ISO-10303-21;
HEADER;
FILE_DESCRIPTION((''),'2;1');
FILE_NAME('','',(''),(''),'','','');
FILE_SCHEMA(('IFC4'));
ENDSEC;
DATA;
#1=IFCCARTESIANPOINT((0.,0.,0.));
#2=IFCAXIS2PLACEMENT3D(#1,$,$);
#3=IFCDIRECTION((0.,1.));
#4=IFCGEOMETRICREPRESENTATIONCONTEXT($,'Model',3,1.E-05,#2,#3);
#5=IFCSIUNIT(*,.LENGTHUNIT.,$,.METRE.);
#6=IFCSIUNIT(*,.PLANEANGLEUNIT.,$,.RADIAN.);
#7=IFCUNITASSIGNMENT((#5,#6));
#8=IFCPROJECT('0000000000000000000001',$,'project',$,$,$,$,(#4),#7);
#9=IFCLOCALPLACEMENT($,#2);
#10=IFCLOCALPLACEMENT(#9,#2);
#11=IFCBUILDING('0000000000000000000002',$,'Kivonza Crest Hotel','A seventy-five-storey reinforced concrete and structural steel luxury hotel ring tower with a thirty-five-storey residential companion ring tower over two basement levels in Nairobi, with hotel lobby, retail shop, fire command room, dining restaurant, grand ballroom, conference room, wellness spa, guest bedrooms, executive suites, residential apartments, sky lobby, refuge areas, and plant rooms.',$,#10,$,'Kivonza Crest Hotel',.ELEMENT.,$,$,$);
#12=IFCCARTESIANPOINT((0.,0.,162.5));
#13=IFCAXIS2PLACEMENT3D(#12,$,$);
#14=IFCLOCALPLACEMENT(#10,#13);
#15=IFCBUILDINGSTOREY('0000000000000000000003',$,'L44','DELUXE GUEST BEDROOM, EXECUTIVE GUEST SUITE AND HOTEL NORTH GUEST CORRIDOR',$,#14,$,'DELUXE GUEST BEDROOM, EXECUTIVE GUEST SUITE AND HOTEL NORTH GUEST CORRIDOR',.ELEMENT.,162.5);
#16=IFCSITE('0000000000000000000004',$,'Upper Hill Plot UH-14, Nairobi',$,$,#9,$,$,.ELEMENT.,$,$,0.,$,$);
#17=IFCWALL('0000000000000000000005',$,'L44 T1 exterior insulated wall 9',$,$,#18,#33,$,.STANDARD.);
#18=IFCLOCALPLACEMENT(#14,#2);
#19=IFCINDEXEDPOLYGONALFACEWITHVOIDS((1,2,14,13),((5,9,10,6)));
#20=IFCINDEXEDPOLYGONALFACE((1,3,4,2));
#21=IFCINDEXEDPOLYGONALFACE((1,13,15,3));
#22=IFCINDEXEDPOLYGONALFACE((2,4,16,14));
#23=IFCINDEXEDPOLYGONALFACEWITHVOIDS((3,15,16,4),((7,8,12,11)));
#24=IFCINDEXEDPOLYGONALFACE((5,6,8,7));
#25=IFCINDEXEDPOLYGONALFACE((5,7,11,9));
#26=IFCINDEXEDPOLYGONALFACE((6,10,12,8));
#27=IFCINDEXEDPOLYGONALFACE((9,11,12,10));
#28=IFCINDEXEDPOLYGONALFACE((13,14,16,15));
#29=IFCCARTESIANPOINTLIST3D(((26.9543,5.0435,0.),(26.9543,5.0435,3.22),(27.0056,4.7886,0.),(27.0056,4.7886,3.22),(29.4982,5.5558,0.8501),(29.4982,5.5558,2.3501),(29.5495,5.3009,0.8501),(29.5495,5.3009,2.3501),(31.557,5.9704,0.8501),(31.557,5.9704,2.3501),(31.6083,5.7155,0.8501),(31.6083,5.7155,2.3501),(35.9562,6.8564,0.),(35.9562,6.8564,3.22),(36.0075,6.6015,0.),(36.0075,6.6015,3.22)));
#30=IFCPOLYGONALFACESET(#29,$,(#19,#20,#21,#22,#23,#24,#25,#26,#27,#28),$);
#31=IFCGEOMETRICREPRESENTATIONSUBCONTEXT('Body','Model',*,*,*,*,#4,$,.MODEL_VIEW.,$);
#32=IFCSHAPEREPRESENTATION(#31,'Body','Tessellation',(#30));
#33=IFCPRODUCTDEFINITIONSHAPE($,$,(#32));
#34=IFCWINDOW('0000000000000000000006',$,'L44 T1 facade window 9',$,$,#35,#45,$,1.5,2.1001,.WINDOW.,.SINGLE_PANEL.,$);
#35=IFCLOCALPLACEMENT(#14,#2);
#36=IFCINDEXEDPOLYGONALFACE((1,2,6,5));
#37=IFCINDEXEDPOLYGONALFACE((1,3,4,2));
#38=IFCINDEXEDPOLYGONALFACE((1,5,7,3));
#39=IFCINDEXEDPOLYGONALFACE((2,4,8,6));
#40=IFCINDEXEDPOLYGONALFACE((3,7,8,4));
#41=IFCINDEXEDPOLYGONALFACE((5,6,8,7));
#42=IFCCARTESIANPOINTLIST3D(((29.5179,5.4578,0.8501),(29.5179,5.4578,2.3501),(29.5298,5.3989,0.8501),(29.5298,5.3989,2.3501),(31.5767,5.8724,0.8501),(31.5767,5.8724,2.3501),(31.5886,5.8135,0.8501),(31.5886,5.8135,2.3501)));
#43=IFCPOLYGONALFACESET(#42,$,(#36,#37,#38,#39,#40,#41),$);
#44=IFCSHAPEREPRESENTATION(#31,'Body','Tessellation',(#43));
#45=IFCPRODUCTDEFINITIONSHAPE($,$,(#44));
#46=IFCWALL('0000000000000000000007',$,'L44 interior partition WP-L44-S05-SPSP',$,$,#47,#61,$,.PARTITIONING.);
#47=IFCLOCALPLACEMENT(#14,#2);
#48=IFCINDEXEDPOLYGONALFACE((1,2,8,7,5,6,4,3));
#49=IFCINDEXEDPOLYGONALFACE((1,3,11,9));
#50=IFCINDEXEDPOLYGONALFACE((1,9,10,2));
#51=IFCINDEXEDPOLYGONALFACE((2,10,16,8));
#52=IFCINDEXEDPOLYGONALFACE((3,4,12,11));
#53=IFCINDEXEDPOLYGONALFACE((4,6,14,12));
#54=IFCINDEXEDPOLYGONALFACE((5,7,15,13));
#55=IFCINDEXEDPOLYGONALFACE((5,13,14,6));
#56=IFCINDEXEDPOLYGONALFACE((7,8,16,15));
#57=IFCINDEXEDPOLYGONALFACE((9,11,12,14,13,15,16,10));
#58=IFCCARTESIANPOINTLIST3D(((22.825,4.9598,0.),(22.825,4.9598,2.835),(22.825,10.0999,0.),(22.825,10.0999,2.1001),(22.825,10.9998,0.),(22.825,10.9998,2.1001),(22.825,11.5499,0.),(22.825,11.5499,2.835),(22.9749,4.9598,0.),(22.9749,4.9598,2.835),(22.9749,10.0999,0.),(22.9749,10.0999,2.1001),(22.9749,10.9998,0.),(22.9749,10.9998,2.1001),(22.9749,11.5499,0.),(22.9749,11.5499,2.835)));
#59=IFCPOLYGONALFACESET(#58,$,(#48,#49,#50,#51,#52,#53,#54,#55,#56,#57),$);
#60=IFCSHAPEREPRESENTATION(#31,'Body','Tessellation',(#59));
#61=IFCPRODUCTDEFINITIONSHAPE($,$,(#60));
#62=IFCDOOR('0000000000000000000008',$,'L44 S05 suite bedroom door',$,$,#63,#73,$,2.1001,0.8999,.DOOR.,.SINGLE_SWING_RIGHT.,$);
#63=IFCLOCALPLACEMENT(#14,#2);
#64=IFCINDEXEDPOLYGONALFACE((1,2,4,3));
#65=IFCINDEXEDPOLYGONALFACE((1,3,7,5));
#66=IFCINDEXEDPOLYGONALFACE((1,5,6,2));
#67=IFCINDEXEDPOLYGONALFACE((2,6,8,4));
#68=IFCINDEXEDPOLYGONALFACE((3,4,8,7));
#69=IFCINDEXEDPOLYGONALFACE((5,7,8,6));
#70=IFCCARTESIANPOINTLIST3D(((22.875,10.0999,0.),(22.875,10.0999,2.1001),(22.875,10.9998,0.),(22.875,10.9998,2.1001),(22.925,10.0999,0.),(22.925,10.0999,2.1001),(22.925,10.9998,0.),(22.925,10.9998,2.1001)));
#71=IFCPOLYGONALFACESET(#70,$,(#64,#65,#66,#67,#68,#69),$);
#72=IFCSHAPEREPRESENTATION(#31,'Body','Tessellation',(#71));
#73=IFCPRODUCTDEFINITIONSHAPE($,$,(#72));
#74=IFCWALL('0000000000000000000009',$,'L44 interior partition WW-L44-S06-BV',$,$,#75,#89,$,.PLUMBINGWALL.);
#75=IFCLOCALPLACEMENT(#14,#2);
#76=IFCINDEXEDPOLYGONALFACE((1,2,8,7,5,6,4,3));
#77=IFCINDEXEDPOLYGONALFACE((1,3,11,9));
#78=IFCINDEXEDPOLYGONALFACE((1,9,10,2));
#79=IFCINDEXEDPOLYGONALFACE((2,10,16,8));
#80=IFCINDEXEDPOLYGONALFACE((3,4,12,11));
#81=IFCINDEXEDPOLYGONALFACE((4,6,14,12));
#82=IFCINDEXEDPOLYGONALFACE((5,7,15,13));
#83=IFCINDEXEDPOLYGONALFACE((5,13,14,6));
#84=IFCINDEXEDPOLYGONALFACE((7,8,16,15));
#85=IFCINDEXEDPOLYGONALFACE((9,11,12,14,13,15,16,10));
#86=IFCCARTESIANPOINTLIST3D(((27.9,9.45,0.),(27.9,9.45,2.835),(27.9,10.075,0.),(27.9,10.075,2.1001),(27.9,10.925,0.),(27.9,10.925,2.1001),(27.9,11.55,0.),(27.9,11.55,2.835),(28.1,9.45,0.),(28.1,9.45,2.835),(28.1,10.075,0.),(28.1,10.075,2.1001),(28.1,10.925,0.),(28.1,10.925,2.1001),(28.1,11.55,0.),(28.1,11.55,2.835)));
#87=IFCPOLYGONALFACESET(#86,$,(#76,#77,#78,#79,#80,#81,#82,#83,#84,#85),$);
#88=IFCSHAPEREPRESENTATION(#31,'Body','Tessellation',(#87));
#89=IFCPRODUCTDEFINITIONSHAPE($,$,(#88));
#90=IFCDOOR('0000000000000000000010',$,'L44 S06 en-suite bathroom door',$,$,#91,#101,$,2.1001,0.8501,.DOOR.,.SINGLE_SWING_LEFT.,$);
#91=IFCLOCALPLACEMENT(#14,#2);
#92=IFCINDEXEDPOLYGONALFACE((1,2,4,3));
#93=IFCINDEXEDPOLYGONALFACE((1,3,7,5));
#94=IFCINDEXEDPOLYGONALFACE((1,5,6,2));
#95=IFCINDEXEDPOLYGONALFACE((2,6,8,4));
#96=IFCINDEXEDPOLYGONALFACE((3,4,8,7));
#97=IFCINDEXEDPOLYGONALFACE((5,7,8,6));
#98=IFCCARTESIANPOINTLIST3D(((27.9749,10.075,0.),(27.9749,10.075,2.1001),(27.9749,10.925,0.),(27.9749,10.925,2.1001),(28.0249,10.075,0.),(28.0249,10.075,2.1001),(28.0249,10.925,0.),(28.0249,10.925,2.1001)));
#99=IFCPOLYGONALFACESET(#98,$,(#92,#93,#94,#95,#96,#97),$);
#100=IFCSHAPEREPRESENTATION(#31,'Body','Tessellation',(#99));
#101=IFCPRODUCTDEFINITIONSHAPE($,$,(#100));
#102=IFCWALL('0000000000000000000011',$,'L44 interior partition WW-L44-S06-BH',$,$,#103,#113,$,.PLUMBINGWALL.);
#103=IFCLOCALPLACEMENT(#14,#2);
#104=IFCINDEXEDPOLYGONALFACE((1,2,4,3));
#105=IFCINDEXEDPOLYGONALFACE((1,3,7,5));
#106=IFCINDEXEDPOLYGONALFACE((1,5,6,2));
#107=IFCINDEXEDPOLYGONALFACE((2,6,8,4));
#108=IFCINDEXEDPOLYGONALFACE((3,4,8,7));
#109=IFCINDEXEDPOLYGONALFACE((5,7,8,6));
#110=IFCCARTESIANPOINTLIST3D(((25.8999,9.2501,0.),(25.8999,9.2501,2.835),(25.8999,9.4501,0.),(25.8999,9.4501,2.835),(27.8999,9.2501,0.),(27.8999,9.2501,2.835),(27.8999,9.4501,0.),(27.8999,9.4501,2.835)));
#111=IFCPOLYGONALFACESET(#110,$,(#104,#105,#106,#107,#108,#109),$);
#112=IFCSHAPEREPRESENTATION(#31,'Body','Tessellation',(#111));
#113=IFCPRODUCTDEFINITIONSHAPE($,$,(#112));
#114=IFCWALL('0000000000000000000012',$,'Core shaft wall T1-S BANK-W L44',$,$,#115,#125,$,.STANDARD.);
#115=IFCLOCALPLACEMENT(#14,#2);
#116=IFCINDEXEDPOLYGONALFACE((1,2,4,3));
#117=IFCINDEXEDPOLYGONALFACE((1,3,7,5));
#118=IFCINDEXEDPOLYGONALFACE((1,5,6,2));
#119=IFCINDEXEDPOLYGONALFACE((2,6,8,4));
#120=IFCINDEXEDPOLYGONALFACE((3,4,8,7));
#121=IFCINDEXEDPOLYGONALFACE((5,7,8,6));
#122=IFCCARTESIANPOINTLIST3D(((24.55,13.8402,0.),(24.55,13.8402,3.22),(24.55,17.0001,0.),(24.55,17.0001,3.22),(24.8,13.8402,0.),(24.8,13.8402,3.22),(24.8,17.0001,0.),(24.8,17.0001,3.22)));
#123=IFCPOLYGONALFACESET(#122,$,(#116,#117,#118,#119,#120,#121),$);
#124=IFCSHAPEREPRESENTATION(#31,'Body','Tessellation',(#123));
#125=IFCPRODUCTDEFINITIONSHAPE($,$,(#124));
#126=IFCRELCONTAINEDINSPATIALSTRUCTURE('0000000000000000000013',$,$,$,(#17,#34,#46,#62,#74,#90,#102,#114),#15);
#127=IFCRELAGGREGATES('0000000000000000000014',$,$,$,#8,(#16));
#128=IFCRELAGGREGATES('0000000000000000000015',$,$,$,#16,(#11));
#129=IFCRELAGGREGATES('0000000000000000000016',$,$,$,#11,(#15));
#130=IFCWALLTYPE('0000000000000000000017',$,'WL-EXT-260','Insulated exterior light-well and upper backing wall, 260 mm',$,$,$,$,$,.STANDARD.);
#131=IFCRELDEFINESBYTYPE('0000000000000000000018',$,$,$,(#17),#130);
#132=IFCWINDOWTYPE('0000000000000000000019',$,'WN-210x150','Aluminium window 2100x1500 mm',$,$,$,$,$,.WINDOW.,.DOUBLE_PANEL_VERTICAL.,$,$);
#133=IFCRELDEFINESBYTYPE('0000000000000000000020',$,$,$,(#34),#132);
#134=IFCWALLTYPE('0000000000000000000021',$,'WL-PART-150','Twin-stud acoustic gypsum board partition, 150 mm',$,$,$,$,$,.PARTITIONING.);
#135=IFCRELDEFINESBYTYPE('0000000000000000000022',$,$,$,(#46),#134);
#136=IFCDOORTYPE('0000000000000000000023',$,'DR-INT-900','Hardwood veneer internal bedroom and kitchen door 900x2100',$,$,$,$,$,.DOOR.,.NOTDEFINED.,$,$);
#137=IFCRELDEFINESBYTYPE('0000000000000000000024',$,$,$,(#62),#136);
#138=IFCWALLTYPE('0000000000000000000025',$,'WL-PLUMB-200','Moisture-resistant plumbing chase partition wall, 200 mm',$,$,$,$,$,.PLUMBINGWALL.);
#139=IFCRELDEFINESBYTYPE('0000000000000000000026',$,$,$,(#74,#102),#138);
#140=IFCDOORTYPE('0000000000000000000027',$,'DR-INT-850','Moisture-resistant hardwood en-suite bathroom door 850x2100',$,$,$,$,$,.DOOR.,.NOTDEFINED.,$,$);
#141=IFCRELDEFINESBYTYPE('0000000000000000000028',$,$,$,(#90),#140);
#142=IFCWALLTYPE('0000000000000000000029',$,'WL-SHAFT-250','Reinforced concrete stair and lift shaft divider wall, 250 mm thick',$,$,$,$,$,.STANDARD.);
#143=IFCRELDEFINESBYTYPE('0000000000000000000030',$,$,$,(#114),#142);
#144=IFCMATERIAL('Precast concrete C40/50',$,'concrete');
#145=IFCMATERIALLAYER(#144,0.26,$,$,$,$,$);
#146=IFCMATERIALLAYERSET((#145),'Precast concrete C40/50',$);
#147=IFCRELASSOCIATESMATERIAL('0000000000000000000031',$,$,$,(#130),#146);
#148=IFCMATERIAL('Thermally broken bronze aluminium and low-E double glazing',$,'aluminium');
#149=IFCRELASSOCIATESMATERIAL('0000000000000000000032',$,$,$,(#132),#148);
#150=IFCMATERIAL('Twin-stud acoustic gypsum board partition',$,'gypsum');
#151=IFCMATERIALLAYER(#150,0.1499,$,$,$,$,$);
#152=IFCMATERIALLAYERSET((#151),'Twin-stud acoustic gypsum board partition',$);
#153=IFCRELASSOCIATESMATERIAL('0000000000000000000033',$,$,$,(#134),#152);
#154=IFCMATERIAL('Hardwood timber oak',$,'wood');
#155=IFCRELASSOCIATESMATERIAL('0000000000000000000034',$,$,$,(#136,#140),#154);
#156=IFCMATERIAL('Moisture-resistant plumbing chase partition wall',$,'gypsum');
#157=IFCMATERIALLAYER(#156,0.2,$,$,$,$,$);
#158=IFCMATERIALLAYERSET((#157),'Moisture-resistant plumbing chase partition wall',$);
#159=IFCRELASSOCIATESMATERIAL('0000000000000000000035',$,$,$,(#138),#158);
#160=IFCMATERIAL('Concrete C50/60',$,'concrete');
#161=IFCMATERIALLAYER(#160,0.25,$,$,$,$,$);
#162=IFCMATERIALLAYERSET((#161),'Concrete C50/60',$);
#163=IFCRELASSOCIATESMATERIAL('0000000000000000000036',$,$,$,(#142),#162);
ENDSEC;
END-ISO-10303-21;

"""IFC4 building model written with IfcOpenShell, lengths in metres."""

from ifc_helpers import new_model, si_unit, direction, frame, frame_2d, origin, place, context, subcontext, project, spatial, rectangle, extrude, material, layer, layer_set, type_object, element, fill, save


model = new_model("IFC4")

# Units and contexts
model_context = context("Model", 3, precision=1e-05, world=origin(), true_north=direction((0.0, 1.0)))
body_context = subcontext(model_context, "Body", "Model", "MODEL_VIEW")
ifc_project = project(units=[si_unit("LENGTHUNIT", "METRE"), si_unit("PLANEANGLEUNIT", "RADIAN")], contexts=[model_context])

# Site, building, storey
site_placement = place(None, origin())
site = spatial("IfcSite", under=ifc_project, at=site_placement, Name="Upper Hill Plot UH-14, Nairobi", CompositionType="ELEMENT", RefElevation=0.0)
building_placement = place(site_placement, origin())
building = spatial("IfcBuilding", under=site, at=building_placement, Name="Kivonza Crest Hotel", Description="A seventy-five-storey reinforced concrete and structural steel luxury hotel ring tower with a thirty-five-storey residential companion ring tower over two basement levels in Nairobi, with hotel lobby, retail shop, fire command room, dining restaurant, grand ballroom, conference room, wellness spa, guest bedrooms, executive suites, residential apartments, sky lobby, refuge areas, and plant rooms.", LongName="Kivonza Crest Hotel", CompositionType="ELEMENT")
storey_placement = place(building_placement, frame((0.0, 0.0, 162.5)))
storey = spatial("IfcBuildingStorey", under=building, at=storey_placement, Name="L44", Description="DELUXE GUEST BEDROOM, EXECUTIVE GUEST SUITE AND HOTEL NORTH GUEST CORRIDOR", LongName="DELUXE GUEST BEDROOM, EXECUTIVE GUEST SUITE AND HOTEL NORTH GUEST CORRIDOR", CompositionType="ELEMENT", Elevation=162.5)

# Shared definitions
ifc_material_1 = material(Name="Concrete C50/60", Category="concrete")

# Shared definitions
ifc_material_2 = material(Name="Hardwood timber oak", Category="wood")

# Wall, opening, window
ifc_material_3 = material(Name="Precast concrete C40/50", Category="concrete")
ifc_layer_1 = layer(ifc_material_3, 0.26)
ifc_layer_set_1 = layer_set([ifc_layer_1], Name="Precast concrete C40/50")
wall_type_1 = type_object("IfcWallType", Name="WL-EXT-260", Description="Insulated exterior light-well and upper backing wall, 260 mm", PredefinedType="STANDARD", material=ifc_layer_set_1)
wall_1_placement = place(storey_placement, frame((26.98, 4.916, 0.0), z_axis=(0.0, 0.0, 1.0), x_axis=(0.980316, 0.197435, 0.0)))
wall_1 = element("IfcWall", 1, at=wall_1_placement, inside=storey, type_object=wall_type_1, Name="L44 T1 exterior insulated wall 9", PredefinedType="STANDARD", context=body_context, shape_type="SweptSolid", body=[
    extrude(rectangle(XDim=9.1826, YDim=0.26, at=frame_2d((4.5913, 0.0))), origin(), (0.0, 0.0, 1.0), 3.22),
])
opening_1_placement = place(wall_1_placement, frame((2.595, 0.0, 0.8501)))
opening_1 = element("IfcOpeningElement", 2, at=opening_1_placement, cuts=wall_1, PredefinedType="OPENING", context=body_context, shape_type="SweptSolid", body=[
    extrude(rectangle(XDim=2.1001, YDim=1.5, at=frame_2d((1.05, 0.75))), frame((0.0, 0.1401, 0.0), z_axis=(0.0, -1.0, 0.0), x_axis=(1.0, 0.0, 0.0)), (0.0, 0.0, 1.0), 0.28),
])
ifc_material_4 = material(Name="Thermally broken bronze aluminium and low-E double glazing", Category="aluminium")
window_type = type_object("IfcWindowType", Name="WN-210x150", Description="Aluminium window 2100x1500 mm", PartitioningType="DOUBLE_PANEL_VERTICAL", PredefinedType="WINDOW", material=ifc_material_4)
window_placement = place(opening_1_placement, origin())
window = element("IfcWindow", 3, at=window_placement, inside=storey, type_object=window_type, Name="L44 T1 facade window 9", OverallHeight=1.5, OverallWidth=2.1001, PartitioningType="SINGLE_PANEL", PredefinedType="WINDOW", context=body_context, shape_type="SweptSolid", body=[
    extrude(rectangle(XDim=2.1001, YDim=1.5, at=frame_2d((1.05, 0.75))), frame((0.0, 0.03, 0.0), z_axis=(0.0, -1.0, 0.0), x_axis=(1.0, 0.0, 0.0)), (0.0, 0.0, 1.0), 0.0601),
])
fill(opening_1, window)

# Walls, openings, doors
ifc_material_5 = material(Name="Twin-stud acoustic gypsum board partition", Category="gypsum")
ifc_layer_2 = layer(ifc_material_5, 0.1499)
ifc_layer_set_2 = layer_set([ifc_layer_2], Name="Twin-stud acoustic gypsum board partition")
wall_type_2 = type_object("IfcWallType", Name="WL-PART-150", Description="Twin-stud acoustic gypsum board partition, 150 mm", PredefinedType="PARTITIONING", material=ifc_layer_set_2)
wall_2_placement = place(storey_placement, frame((22.8999, 4.96, 0.0), z_axis=(0.0, 0.0, 1.0), x_axis=(0.0, 1.0, 0.0)))
wall_2 = element("IfcWall", 4, at=wall_2_placement, inside=storey, type_object=wall_type_2, Name="L44 interior partition WP-L44-S05-SPSP", PredefinedType="PARTITIONING", context=body_context, shape_type="SweptSolid", body=[
    extrude(rectangle(XDim=6.5901, YDim=0.1499, at=frame_2d((3.2949, 0.0))), origin(), (0.0, 0.0, 1.0), 2.835),
])
opening_2_placement = place(wall_2_placement, frame((5.1399, 0.0, 0.0)))
opening_2 = element("IfcOpeningElement", 5, at=opening_2_placement, cuts=wall_2, PredefinedType="OPENING", context=body_context, shape_type="SweptSolid", body=[
    extrude(rectangle(XDim=0.8999, YDim=2.1001, at=frame_2d((0.45, 1.05))), frame((0.0, 0.085, 0.0), z_axis=(0.0, -1.0, 0.0), x_axis=(1.0, 0.0, 0.0)), (0.0, 0.0, 1.0), 0.1699),
])
door_type_1 = type_object("IfcDoorType", Name="DR-INT-900", Description="Hardwood veneer internal bedroom and kitchen door 900x2100", OperationType="NOTDEFINED", PredefinedType="DOOR", material=ifc_material_2)
door_1_placement = place(opening_2_placement, origin())
door_1 = element("IfcDoor", 6, at=door_1_placement, inside=storey, type_object=door_type_1, Name="L44 S05 suite bedroom door", OperationType="SINGLE_SWING_RIGHT", OverallHeight=2.1001, OverallWidth=0.8999, PredefinedType="DOOR", context=body_context, shape_type="SweptSolid", body=[
    extrude(rectangle(XDim=0.8999, YDim=2.1001, at=frame_2d((0.45, 1.05))), frame((0.0, 0.0249, 0.0), z_axis=(0.0, -1.0, 0.0), x_axis=(1.0, 0.0, 0.0)), (0.0, 0.0, 1.0), 0.05),
])
fill(opening_2, door_1)
ifc_material_6 = material(Name="Moisture-resistant plumbing chase partition wall", Category="gypsum")
ifc_layer_3 = layer(ifc_material_6, 0.2)
ifc_layer_set_3 = layer_set([ifc_layer_3], Name="Moisture-resistant plumbing chase partition wall")
wall_type_3 = type_object("IfcWallType", Name="WL-PLUMB-200", Description="Moisture-resistant plumbing chase partition wall, 200 mm", PredefinedType="PLUMBINGWALL", material=ifc_layer_set_3)
wall_3_placement = place(storey_placement, frame((28.0, 9.45, 0.0), z_axis=(0.0, 0.0, 1.0), x_axis=(0.0, 1.0, 0.0)))
wall_3 = element("IfcWall", 7, at=wall_3_placement, inside=storey, type_object=wall_type_3, Name="L44 interior partition WW-L44-S06-BV", PredefinedType="PLUMBINGWALL", context=body_context, shape_type="SweptSolid", body=[
    extrude(rectangle(XDim=2.1001, YDim=0.2, at=frame_2d((1.05, 0.0))), origin(), (0.0, 0.0, 1.0), 2.835),
])
opening_3_placement = place(wall_3_placement, frame((0.625, 0.0, 0.0)))
opening_3 = element("IfcOpeningElement", 8, at=opening_3_placement, cuts=wall_3, PredefinedType="OPENING", context=body_context, shape_type="SweptSolid", body=[
    extrude(rectangle(XDim=0.8501, YDim=2.1001, at=frame_2d((0.425, 1.05))), frame((0.0, 0.1099, 0.0), z_axis=(0.0, -1.0, 0.0), x_axis=(1.0, 0.0, 0.0)), (0.0, 0.0, 1.0), 0.22),
])
door_type_2 = type_object("IfcDoorType", Name="DR-INT-850", Description="Moisture-resistant hardwood en-suite bathroom door 850x2100", OperationType="NOTDEFINED", PredefinedType="DOOR", material=ifc_material_2)
door_2_placement = place(opening_3_placement, frame((0.8501, 0.0, 0.0), z_axis=(0.0, 0.0, 1.0), x_axis=(-1.0, 0.0, 0.0)))
door_2 = element("IfcDoor", 9, at=door_2_placement, inside=storey, type_object=door_type_2, Name="L44 S06 en-suite bathroom door", OperationType="SINGLE_SWING_LEFT", OverallHeight=2.1001, OverallWidth=0.8501, PredefinedType="DOOR", context=body_context, shape_type="SweptSolid", body=[
    extrude(rectangle(XDim=0.8501, YDim=2.1001, at=frame_2d((0.425, 1.05))), frame((0.0, 0.0249, 0.0), z_axis=(0.0, -1.0, 0.0), x_axis=(1.0, 0.0, 0.0)), (0.0, 0.0, 1.0), 0.05),
])
fill(opening_3, door_2)

# Walls
wall_4_placement = place(storey_placement, frame((25.8999, 9.3501, 0.0), z_axis=(0.0, 0.0, 1.0), x_axis=(1.0, 0.0, 0.0)))
element("IfcWall", 10, at=wall_4_placement, inside=storey, type_object=wall_type_3, Name="L44 interior partition WW-L44-S06-BH", PredefinedType="PLUMBINGWALL", context=body_context, shape_type="SweptSolid", body=[
    extrude(rectangle(XDim=2.0, YDim=0.2, at=frame_2d((1.0, 0.0))), origin(), (0.0, 0.0, 1.0), 2.835),
])
ifc_layer_4 = layer(ifc_material_1, 0.25)
ifc_layer_set_4 = layer_set([ifc_layer_4], Name="Concrete C50/60")
wall_type_4 = type_object("IfcWallType", Name="WL-SHAFT-250", Description="Reinforced concrete stair and lift shaft divider wall, 250 mm thick", PredefinedType="STANDARD", material=ifc_layer_set_4)
wall_5_placement = place(storey_placement, frame((24.675, 13.8401, 0.0), z_axis=(0.0, 0.0, 1.0), x_axis=(0.0, 1.0, 0.0)))
element("IfcWall", 11, at=wall_5_placement, inside=storey, type_object=wall_type_4, Name="Core shaft wall T1-S BANK-W L44", PredefinedType="STANDARD", context=body_context, shape_type="SweptSolid", body=[
    extrude(rectangle(XDim=3.1599, YDim=0.25, at=frame_2d((1.5801, 0.0))), origin(), (0.0, 0.0, 1.0), 3.22),
])

save(model, "model.ifc")
